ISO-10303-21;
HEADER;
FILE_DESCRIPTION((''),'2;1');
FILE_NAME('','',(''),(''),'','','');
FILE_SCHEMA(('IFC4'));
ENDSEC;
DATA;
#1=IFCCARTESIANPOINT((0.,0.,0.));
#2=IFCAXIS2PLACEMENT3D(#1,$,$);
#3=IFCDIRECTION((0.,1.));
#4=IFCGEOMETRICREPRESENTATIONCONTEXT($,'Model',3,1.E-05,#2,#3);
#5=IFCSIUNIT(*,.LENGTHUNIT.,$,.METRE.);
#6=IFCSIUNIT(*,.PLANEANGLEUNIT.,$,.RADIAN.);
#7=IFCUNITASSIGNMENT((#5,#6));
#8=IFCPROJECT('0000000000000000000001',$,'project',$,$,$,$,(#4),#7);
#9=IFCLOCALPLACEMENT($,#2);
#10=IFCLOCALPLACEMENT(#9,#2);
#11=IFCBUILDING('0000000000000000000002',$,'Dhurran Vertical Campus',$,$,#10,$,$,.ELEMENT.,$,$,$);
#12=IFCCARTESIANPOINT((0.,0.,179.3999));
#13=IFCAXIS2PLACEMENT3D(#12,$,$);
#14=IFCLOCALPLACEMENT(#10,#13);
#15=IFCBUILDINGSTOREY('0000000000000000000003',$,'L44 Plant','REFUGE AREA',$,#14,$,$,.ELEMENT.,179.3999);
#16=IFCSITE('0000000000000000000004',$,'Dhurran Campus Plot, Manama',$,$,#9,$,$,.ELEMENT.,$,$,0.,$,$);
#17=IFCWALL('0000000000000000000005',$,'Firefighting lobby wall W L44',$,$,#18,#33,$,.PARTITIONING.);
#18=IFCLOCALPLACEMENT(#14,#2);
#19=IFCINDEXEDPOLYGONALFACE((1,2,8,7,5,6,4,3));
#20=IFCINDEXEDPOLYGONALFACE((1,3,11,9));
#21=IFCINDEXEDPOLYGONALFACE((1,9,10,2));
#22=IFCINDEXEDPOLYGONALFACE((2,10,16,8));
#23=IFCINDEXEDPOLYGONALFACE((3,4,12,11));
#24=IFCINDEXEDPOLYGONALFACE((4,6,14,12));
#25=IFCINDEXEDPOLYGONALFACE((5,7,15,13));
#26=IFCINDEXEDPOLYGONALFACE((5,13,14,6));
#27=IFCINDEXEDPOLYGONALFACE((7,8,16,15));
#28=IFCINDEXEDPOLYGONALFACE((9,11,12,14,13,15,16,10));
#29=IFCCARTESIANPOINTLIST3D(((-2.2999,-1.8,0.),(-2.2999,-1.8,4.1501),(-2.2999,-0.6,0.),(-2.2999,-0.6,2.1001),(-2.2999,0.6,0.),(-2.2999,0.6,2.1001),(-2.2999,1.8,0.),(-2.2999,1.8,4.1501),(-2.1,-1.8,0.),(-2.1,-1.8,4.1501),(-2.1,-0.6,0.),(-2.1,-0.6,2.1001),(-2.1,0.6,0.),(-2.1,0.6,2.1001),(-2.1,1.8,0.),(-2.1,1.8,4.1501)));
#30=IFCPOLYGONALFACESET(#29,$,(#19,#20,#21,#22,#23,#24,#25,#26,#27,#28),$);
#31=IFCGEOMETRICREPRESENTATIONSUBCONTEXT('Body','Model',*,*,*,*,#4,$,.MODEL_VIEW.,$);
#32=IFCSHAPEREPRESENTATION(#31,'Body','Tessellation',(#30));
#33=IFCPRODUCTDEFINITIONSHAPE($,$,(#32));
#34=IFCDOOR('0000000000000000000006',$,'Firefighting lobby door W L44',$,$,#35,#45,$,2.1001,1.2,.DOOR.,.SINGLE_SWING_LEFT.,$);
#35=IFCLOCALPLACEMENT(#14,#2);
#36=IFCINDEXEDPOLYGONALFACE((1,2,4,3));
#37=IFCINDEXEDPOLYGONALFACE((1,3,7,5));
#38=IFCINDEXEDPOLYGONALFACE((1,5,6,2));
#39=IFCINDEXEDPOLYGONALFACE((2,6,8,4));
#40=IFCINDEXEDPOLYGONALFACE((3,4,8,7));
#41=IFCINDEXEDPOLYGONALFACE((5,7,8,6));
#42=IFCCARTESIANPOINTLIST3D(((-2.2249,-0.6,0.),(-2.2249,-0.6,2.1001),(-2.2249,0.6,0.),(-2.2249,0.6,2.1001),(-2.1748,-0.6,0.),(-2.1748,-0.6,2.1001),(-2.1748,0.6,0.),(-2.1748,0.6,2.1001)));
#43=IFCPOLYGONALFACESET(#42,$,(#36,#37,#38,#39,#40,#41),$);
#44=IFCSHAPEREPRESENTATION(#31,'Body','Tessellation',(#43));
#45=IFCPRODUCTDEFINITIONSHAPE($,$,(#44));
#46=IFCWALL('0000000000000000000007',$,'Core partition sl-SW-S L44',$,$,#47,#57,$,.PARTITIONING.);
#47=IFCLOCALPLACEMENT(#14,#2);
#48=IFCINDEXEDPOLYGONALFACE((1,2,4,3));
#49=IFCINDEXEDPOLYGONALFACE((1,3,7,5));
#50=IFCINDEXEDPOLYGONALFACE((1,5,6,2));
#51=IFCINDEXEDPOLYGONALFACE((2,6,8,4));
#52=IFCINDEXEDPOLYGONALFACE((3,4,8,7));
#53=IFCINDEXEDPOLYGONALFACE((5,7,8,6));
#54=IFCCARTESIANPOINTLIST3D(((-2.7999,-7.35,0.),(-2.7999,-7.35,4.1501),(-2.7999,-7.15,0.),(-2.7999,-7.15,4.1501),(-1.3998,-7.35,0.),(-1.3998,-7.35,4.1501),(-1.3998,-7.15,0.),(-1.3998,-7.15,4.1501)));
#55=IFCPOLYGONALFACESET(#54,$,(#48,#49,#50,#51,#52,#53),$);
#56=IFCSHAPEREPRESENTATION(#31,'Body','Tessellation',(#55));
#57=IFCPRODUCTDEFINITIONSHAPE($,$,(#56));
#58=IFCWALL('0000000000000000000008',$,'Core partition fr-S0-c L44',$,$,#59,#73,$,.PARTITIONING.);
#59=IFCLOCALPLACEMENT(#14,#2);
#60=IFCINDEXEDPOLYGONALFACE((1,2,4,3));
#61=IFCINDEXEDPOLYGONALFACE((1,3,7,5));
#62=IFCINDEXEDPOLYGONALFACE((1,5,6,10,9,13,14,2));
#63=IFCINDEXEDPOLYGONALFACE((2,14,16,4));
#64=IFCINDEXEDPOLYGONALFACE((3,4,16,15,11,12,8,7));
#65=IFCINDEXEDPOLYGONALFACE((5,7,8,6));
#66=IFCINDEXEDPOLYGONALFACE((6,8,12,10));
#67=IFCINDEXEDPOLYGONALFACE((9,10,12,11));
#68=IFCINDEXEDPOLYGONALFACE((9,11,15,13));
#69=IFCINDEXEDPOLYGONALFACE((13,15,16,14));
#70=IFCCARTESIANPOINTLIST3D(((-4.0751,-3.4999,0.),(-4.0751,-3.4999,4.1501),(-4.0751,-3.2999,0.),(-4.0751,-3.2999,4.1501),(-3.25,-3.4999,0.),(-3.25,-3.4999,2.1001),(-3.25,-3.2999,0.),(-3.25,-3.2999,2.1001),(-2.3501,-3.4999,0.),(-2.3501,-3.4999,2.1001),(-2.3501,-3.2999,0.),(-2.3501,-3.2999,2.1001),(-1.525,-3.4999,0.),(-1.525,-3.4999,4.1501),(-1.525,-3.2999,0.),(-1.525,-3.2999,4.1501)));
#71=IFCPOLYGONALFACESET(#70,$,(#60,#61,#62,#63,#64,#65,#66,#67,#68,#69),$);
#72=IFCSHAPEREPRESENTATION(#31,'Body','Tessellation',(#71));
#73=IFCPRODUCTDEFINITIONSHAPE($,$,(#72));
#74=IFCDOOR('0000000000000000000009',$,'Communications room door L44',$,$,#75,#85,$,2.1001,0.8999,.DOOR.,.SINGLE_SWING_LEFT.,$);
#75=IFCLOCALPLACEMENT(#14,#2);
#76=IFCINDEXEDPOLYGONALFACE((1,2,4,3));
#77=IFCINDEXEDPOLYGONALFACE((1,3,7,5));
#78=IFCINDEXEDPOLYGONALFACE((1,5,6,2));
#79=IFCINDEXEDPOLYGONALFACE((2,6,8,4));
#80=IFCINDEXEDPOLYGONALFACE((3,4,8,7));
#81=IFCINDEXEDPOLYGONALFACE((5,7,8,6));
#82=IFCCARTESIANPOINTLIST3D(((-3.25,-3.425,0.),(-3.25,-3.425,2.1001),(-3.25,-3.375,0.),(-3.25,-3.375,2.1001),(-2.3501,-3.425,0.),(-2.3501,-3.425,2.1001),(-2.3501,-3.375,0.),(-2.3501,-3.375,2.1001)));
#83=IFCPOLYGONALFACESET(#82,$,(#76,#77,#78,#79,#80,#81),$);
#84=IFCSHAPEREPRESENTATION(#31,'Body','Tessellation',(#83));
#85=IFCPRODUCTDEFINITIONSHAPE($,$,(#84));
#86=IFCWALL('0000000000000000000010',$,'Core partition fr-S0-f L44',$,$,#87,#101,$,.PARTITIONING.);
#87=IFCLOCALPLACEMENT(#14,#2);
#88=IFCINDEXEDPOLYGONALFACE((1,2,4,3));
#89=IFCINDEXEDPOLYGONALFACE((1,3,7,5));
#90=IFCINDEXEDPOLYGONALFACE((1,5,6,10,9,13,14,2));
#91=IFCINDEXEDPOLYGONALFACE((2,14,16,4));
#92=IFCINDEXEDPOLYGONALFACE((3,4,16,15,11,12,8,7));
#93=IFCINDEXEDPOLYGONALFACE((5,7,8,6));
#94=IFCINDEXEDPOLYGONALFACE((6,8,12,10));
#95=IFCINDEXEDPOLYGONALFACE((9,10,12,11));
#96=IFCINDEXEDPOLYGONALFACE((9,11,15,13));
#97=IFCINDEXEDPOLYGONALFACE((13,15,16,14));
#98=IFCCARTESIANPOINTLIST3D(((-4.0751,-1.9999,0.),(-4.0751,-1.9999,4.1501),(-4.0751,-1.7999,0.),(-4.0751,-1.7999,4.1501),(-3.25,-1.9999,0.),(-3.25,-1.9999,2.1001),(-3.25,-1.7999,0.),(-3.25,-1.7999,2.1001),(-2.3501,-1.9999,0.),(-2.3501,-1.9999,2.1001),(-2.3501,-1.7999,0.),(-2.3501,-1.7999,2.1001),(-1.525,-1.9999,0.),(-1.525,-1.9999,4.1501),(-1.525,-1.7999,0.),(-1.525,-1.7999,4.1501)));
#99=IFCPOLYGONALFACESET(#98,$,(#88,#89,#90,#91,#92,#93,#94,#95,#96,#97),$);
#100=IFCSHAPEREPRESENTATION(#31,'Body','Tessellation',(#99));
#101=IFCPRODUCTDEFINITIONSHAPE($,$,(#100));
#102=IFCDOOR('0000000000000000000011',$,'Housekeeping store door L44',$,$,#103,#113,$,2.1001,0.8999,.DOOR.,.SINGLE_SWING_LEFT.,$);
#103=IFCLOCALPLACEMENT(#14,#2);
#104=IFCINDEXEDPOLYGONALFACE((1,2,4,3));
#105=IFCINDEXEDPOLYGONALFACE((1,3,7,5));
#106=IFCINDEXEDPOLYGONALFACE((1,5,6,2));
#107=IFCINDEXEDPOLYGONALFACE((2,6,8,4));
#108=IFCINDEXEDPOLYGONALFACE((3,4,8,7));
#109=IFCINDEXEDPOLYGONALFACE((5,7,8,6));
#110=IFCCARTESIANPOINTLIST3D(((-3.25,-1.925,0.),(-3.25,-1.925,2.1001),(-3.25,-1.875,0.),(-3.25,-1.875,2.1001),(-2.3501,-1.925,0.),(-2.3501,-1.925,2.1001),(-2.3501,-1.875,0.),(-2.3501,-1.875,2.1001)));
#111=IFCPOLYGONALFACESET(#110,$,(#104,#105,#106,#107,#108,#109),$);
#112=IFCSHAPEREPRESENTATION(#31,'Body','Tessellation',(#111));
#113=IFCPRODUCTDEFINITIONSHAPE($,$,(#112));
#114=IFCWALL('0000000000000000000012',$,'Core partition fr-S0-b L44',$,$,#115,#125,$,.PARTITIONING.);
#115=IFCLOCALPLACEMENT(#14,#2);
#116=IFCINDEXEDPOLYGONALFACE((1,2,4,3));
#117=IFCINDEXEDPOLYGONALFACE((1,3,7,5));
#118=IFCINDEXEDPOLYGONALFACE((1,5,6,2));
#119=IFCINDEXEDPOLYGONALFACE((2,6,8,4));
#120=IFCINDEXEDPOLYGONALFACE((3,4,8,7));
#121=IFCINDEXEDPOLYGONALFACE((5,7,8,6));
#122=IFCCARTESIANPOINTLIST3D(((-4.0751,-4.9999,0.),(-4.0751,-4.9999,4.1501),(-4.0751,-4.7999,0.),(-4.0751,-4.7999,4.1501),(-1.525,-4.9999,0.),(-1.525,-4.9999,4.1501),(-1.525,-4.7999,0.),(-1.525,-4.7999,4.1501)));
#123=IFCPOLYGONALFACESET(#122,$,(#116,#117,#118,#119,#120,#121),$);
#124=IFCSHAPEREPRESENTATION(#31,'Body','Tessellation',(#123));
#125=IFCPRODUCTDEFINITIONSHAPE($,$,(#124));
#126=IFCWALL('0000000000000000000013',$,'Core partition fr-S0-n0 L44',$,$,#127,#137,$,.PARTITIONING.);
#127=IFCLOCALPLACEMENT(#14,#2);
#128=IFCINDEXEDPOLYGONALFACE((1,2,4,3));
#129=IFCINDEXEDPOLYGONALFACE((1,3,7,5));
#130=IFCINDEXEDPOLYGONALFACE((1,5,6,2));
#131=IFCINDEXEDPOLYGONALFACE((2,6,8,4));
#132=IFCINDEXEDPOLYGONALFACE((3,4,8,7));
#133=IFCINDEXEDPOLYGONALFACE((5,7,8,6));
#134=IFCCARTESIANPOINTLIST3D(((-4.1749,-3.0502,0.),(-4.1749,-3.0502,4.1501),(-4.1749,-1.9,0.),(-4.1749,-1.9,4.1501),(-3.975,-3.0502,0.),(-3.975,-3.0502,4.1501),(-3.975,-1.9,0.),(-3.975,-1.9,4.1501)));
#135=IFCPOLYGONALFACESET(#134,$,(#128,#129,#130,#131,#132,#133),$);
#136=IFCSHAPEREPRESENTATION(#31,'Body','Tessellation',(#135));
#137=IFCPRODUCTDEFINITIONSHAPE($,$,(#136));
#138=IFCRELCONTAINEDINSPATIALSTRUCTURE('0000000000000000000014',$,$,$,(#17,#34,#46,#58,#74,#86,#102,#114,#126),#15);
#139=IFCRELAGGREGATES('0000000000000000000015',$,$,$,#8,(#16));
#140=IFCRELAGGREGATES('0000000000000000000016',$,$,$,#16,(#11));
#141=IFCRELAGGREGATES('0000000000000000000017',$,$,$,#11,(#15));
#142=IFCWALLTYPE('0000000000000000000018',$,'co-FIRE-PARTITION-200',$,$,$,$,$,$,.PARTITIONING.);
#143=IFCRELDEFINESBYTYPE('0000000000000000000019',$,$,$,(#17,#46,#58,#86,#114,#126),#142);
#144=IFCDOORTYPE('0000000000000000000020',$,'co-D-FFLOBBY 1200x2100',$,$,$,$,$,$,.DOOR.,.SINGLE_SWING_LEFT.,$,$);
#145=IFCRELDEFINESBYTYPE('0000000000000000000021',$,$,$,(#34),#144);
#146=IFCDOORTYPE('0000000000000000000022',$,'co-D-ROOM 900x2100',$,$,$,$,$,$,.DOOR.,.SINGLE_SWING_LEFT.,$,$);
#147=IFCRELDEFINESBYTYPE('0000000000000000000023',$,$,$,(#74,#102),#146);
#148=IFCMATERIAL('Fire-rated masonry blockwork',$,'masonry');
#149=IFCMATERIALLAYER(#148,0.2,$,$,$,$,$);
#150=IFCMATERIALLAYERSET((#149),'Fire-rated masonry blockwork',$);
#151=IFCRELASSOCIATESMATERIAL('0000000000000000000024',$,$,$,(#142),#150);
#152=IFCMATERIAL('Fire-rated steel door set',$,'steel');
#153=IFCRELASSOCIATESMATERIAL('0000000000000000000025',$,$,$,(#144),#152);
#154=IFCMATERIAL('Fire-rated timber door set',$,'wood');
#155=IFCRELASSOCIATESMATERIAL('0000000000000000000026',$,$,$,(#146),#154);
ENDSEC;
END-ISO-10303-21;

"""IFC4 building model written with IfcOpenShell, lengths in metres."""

from ifc_helpers import new_model, si_unit, direction, frame, frame_2d, origin, place, context, subcontext, project, spatial, rectangle, extrude, material, layer, layer_set, type_object, element, fill, save


model = new_model("IFC4")

# Units and contexts
model_context = context("Model", 3, precision=1e-05, world=origin(), true_north=direction((0.0, 1.0)))
body_context = subcontext(model_context, "Body", "Model", "MODEL_VIEW")
ifc_project = project(units=[si_unit("LENGTHUNIT", "METRE"), si_unit("PLANEANGLEUNIT", "RADIAN")], contexts=[model_context])

# Site, building, storey
site_placement = place(None, origin())
site = spatial("IfcSite", under=ifc_project, at=site_placement, Name="Dhurran Campus Plot, Manama", CompositionType="ELEMENT", RefElevation=0.0)
building_placement = place(site_placement, origin())
building = spatial("IfcBuilding", under=site, at=building_placement, Name="Dhurran Vertical Campus", CompositionType="ELEMENT")
storey_placement = place(building_placement, frame((0.0, 0.0, 179.3999)))
storey = spatial("IfcBuildingStorey", under=building, at=storey_placement, Name="L44 Plant", Description="REFUGE AREA", CompositionType="ELEMENT", Elevation=179.3999)

# Wall, opening, door
ifc_material_1 = material(Name="Fire-rated masonry blockwork", Category="masonry")
ifc_layer_1 = layer(ifc_material_1, 0.2)
ifc_layer_set_1 = layer_set([ifc_layer_1], Name="Fire-rated masonry blockwork")
wall_type_1 = type_object("IfcWallType", Name="co-FIRE-PARTITION-200", PredefinedType="PARTITIONING", material=ifc_layer_set_1)
wall_1_placement = place(storey_placement, frame((-2.2, -1.8, 0.0), z_axis=(0.0, 0.0, 1.0), x_axis=(0.0, 1.0, 0.0)))
wall_1 = element("IfcWall", 1, at=wall_1_placement, inside=storey, type_object=wall_type_1, Name="Firefighting lobby wall W L44", PredefinedType="PARTITIONING", context=body_context, shape_type="SweptSolid", body=[
    extrude(rectangle(XDim=3.6001, YDim=0.2, at=frame_2d((1.8, 0.0))), origin(), (0.0, 0.0, 1.0), 4.1501),
])
opening_1_placement = place(wall_1_placement, frame((1.2, 0.0, 0.0)))
opening_1 = element("IfcOpeningElement", 2, at=opening_1_placement, cuts=wall_1, PredefinedType="OPENING", context=body_context, shape_type="SweptSolid", body=[
    extrude(rectangle(XDim=1.2, YDim=2.1001, at=frame_2d((0.6001, 1.05))), frame((0.0, 0.1099, 0.0), z_axis=(0.0, -1.0, 0.0), x_axis=(1.0, 0.0, 0.0)), (0.0, 0.0, 1.0), 0.22),
])
ifc_material_2 = material(Name="Fire-rated steel door set", Category="steel")
door_type_1 = type_object("IfcDoorType", Name="co-D-FFLOBBY 1200x2100", OperationType="SINGLE_SWING_LEFT", PredefinedType="DOOR", material=ifc_material_2)
door_1_placement = place(opening_1_placement, origin())
door_1 = element("IfcDoor", 3, at=door_1_placement, inside=storey, type_object=door_type_1, Name="Firefighting lobby door W L44", OperationType="SINGLE_SWING_LEFT", OverallHeight=2.1001, OverallWidth=1.2, PredefinedType="DOOR", context=body_context, shape_type="SweptSolid", body=[
    extrude(rectangle(XDim=1.2, YDim=2.1001, at=frame_2d((0.6001, 1.05))), frame((0.0, 0.0249, 0.0), z_axis=(0.0, -1.0, 0.0), x_axis=(1.0, 0.0, 0.0)), (0.0, 0.0, 1.0), 0.05),
])
fill(opening_1, door_1)

# Wall
wall_2_placement = place(storey_placement, frame((-2.8, -7.25, 0.0), z_axis=(0.0, 0.0, 1.0), x_axis=(1.0, 0.0, 0.0)))
element("IfcWall", 4, at=wall_2_placement, inside=storey, type_object=wall_type_1, Name="Core partition sl-SW-S L44", PredefinedType="PARTITIONING", context=body_context, shape_type="SweptSolid", body=[
    extrude(rectangle(XDim=1.4001, YDim=0.2, at=frame_2d((0.7002, 0.0))), origin(), (0.0, 0.0, 1.0), 4.1501),
])

# Walls, openings, doors
wall_3_placement = place(storey_placement, frame((-4.075, -3.3999, 0.0), z_axis=(0.0, 0.0, 1.0), x_axis=(1.0, 0.0, 0.0)))
wall_3 = element("IfcWall", 5, at=wall_3_placement, inside=storey, type_object=wall_type_1, Name="Core partition fr-S0-c L44", PredefinedType="PARTITIONING", context=body_context, shape_type="SweptSolid", body=[
    extrude(rectangle(XDim=2.55, YDim=0.2, at=frame_2d((1.2749, 0.0))), origin(), (0.0, 0.0, 1.0), 4.1501),
])
opening_2_placement = place(wall_3_placement, frame((0.825, 0.0, 0.0)))
opening_2 = element("IfcOpeningElement", 6, at=opening_2_placement, cuts=wall_3, PredefinedType="OPENING", context=body_context, shape_type="SweptSolid", body=[
    extrude(rectangle(XDim=0.8999, YDim=2.1001, at=frame_2d((0.45, 1.05))), frame((0.0, 0.1099, 0.0), z_axis=(0.0, -1.0, 0.0), x_axis=(1.0, 0.0, 0.0)), (0.0, 0.0, 1.0), 0.22),
])
ifc_material_3 = material(Name="Fire-rated timber door set", Category="wood")
door_type_2 = type_object("IfcDoorType", Name="co-D-ROOM 900x2100", OperationType="SINGLE_SWING_LEFT", PredefinedType="DOOR", material=ifc_material_3)
door_2_placement = place(opening_2_placement, origin())
door_2 = element("IfcDoor", 7, at=door_2_placement, inside=storey, type_object=door_type_2, Name="Communications room door L44", OperationType="SINGLE_SWING_LEFT", OverallHeight=2.1001, OverallWidth=0.8999, PredefinedType="DOOR", context=body_context, shape_type="SweptSolid", body=[
    extrude(rectangle(XDim=0.8999, YDim=2.1001, at=frame_2d((0.45, 1.05))), frame((0.0, 0.0249, 0.0), z_axis=(0.0, -1.0, 0.0), x_axis=(1.0, 0.0, 0.0)), (0.0, 0.0, 1.0), 0.05),
])
fill(opening_2, door_2)
wall_4_placement = place(storey_placement, frame((-4.075, -1.8999, 0.0), z_axis=(0.0, 0.0, 1.0), x_axis=(1.0, 0.0, 0.0)))
wall_4 = element("IfcWall", 8, at=wall_4_placement, inside=storey, type_object=wall_type_1, Name="Core partition fr-S0-f L44", PredefinedType="PARTITIONING", context=body_context, shape_type="SweptSolid", body=[
    extrude(rectangle(XDim=2.55, YDim=0.2, at=frame_2d((1.2749, 0.0))), origin(), (0.0, 0.0, 1.0), 4.1501),
])
opening_3_placement = place(wall_4_placement, frame((0.825, 0.0, 0.0)))
opening_3 = element("IfcOpeningElement", 9, at=opening_3_placement, cuts=wall_4, PredefinedType="OPENING", context=body_context, shape_type="SweptSolid", body=[
    extrude(rectangle(XDim=0.8999, YDim=2.1001, at=frame_2d((0.45, 1.05))), frame((0.0, 0.1099, 0.0), z_axis=(0.0, -1.0, 0.0), x_axis=(1.0, 0.0, 0.0)), (0.0, 0.0, 1.0), 0.22),
])
door_3_placement = place(opening_3_placement, origin())
door_3 = element("IfcDoor", 10, at=door_3_placement, inside=storey, type_object=door_type_2, Name="Housekeeping store door L44", OperationType="SINGLE_SWING_LEFT", OverallHeight=2.1001, OverallWidth=0.8999, PredefinedType="DOOR", context=body_context, shape_type="SweptSolid", body=[
    extrude(rectangle(XDim=0.8999, YDim=2.1001, at=frame_2d((0.45, 1.05))), frame((0.0, 0.0249, 0.0), z_axis=(0.0, -1.0, 0.0), x_axis=(1.0, 0.0, 0.0)), (0.0, 0.0, 1.0), 0.05),
])
fill(opening_3, door_3)

# Walls
wall_5_placement = place(storey_placement, frame((-4.075, -4.8999, 0.0), z_axis=(0.0, 0.0, 1.0), x_axis=(1.0, 0.0, 0.0)))
element("IfcWall", 11, at=wall_5_placement, inside=storey, type_object=wall_type_1, Name="Core partition fr-S0-b L44", PredefinedType="PARTITIONING", context=body_context, shape_type="SweptSolid", body=[
    extrude(rectangle(XDim=2.55, YDim=0.2, at=frame_2d((1.2749, 0.0))), origin(), (0.0, 0.0, 1.0), 4.1501),
])
wall_6_placement = place(storey_placement, frame((-4.075, -1.8999, 0.0), z_axis=(0.0, 0.0, 1.0), x_axis=(0.0, -1.0, 0.0)))
element("IfcWall", 12, at=wall_6_placement, inside=storey, type_object=wall_type_1, Name="Core partition fr-S0-n0 L44", PredefinedType="PARTITIONING", context=body_context, shape_type="SweptSolid", body=[
    extrude(rectangle(XDim=1.1501, YDim=0.2, at=frame_2d((0.5752, 0.0))), origin(), (0.0, 0.0, 1.0), 4.1501),
])

save(model, "model.ifc")
